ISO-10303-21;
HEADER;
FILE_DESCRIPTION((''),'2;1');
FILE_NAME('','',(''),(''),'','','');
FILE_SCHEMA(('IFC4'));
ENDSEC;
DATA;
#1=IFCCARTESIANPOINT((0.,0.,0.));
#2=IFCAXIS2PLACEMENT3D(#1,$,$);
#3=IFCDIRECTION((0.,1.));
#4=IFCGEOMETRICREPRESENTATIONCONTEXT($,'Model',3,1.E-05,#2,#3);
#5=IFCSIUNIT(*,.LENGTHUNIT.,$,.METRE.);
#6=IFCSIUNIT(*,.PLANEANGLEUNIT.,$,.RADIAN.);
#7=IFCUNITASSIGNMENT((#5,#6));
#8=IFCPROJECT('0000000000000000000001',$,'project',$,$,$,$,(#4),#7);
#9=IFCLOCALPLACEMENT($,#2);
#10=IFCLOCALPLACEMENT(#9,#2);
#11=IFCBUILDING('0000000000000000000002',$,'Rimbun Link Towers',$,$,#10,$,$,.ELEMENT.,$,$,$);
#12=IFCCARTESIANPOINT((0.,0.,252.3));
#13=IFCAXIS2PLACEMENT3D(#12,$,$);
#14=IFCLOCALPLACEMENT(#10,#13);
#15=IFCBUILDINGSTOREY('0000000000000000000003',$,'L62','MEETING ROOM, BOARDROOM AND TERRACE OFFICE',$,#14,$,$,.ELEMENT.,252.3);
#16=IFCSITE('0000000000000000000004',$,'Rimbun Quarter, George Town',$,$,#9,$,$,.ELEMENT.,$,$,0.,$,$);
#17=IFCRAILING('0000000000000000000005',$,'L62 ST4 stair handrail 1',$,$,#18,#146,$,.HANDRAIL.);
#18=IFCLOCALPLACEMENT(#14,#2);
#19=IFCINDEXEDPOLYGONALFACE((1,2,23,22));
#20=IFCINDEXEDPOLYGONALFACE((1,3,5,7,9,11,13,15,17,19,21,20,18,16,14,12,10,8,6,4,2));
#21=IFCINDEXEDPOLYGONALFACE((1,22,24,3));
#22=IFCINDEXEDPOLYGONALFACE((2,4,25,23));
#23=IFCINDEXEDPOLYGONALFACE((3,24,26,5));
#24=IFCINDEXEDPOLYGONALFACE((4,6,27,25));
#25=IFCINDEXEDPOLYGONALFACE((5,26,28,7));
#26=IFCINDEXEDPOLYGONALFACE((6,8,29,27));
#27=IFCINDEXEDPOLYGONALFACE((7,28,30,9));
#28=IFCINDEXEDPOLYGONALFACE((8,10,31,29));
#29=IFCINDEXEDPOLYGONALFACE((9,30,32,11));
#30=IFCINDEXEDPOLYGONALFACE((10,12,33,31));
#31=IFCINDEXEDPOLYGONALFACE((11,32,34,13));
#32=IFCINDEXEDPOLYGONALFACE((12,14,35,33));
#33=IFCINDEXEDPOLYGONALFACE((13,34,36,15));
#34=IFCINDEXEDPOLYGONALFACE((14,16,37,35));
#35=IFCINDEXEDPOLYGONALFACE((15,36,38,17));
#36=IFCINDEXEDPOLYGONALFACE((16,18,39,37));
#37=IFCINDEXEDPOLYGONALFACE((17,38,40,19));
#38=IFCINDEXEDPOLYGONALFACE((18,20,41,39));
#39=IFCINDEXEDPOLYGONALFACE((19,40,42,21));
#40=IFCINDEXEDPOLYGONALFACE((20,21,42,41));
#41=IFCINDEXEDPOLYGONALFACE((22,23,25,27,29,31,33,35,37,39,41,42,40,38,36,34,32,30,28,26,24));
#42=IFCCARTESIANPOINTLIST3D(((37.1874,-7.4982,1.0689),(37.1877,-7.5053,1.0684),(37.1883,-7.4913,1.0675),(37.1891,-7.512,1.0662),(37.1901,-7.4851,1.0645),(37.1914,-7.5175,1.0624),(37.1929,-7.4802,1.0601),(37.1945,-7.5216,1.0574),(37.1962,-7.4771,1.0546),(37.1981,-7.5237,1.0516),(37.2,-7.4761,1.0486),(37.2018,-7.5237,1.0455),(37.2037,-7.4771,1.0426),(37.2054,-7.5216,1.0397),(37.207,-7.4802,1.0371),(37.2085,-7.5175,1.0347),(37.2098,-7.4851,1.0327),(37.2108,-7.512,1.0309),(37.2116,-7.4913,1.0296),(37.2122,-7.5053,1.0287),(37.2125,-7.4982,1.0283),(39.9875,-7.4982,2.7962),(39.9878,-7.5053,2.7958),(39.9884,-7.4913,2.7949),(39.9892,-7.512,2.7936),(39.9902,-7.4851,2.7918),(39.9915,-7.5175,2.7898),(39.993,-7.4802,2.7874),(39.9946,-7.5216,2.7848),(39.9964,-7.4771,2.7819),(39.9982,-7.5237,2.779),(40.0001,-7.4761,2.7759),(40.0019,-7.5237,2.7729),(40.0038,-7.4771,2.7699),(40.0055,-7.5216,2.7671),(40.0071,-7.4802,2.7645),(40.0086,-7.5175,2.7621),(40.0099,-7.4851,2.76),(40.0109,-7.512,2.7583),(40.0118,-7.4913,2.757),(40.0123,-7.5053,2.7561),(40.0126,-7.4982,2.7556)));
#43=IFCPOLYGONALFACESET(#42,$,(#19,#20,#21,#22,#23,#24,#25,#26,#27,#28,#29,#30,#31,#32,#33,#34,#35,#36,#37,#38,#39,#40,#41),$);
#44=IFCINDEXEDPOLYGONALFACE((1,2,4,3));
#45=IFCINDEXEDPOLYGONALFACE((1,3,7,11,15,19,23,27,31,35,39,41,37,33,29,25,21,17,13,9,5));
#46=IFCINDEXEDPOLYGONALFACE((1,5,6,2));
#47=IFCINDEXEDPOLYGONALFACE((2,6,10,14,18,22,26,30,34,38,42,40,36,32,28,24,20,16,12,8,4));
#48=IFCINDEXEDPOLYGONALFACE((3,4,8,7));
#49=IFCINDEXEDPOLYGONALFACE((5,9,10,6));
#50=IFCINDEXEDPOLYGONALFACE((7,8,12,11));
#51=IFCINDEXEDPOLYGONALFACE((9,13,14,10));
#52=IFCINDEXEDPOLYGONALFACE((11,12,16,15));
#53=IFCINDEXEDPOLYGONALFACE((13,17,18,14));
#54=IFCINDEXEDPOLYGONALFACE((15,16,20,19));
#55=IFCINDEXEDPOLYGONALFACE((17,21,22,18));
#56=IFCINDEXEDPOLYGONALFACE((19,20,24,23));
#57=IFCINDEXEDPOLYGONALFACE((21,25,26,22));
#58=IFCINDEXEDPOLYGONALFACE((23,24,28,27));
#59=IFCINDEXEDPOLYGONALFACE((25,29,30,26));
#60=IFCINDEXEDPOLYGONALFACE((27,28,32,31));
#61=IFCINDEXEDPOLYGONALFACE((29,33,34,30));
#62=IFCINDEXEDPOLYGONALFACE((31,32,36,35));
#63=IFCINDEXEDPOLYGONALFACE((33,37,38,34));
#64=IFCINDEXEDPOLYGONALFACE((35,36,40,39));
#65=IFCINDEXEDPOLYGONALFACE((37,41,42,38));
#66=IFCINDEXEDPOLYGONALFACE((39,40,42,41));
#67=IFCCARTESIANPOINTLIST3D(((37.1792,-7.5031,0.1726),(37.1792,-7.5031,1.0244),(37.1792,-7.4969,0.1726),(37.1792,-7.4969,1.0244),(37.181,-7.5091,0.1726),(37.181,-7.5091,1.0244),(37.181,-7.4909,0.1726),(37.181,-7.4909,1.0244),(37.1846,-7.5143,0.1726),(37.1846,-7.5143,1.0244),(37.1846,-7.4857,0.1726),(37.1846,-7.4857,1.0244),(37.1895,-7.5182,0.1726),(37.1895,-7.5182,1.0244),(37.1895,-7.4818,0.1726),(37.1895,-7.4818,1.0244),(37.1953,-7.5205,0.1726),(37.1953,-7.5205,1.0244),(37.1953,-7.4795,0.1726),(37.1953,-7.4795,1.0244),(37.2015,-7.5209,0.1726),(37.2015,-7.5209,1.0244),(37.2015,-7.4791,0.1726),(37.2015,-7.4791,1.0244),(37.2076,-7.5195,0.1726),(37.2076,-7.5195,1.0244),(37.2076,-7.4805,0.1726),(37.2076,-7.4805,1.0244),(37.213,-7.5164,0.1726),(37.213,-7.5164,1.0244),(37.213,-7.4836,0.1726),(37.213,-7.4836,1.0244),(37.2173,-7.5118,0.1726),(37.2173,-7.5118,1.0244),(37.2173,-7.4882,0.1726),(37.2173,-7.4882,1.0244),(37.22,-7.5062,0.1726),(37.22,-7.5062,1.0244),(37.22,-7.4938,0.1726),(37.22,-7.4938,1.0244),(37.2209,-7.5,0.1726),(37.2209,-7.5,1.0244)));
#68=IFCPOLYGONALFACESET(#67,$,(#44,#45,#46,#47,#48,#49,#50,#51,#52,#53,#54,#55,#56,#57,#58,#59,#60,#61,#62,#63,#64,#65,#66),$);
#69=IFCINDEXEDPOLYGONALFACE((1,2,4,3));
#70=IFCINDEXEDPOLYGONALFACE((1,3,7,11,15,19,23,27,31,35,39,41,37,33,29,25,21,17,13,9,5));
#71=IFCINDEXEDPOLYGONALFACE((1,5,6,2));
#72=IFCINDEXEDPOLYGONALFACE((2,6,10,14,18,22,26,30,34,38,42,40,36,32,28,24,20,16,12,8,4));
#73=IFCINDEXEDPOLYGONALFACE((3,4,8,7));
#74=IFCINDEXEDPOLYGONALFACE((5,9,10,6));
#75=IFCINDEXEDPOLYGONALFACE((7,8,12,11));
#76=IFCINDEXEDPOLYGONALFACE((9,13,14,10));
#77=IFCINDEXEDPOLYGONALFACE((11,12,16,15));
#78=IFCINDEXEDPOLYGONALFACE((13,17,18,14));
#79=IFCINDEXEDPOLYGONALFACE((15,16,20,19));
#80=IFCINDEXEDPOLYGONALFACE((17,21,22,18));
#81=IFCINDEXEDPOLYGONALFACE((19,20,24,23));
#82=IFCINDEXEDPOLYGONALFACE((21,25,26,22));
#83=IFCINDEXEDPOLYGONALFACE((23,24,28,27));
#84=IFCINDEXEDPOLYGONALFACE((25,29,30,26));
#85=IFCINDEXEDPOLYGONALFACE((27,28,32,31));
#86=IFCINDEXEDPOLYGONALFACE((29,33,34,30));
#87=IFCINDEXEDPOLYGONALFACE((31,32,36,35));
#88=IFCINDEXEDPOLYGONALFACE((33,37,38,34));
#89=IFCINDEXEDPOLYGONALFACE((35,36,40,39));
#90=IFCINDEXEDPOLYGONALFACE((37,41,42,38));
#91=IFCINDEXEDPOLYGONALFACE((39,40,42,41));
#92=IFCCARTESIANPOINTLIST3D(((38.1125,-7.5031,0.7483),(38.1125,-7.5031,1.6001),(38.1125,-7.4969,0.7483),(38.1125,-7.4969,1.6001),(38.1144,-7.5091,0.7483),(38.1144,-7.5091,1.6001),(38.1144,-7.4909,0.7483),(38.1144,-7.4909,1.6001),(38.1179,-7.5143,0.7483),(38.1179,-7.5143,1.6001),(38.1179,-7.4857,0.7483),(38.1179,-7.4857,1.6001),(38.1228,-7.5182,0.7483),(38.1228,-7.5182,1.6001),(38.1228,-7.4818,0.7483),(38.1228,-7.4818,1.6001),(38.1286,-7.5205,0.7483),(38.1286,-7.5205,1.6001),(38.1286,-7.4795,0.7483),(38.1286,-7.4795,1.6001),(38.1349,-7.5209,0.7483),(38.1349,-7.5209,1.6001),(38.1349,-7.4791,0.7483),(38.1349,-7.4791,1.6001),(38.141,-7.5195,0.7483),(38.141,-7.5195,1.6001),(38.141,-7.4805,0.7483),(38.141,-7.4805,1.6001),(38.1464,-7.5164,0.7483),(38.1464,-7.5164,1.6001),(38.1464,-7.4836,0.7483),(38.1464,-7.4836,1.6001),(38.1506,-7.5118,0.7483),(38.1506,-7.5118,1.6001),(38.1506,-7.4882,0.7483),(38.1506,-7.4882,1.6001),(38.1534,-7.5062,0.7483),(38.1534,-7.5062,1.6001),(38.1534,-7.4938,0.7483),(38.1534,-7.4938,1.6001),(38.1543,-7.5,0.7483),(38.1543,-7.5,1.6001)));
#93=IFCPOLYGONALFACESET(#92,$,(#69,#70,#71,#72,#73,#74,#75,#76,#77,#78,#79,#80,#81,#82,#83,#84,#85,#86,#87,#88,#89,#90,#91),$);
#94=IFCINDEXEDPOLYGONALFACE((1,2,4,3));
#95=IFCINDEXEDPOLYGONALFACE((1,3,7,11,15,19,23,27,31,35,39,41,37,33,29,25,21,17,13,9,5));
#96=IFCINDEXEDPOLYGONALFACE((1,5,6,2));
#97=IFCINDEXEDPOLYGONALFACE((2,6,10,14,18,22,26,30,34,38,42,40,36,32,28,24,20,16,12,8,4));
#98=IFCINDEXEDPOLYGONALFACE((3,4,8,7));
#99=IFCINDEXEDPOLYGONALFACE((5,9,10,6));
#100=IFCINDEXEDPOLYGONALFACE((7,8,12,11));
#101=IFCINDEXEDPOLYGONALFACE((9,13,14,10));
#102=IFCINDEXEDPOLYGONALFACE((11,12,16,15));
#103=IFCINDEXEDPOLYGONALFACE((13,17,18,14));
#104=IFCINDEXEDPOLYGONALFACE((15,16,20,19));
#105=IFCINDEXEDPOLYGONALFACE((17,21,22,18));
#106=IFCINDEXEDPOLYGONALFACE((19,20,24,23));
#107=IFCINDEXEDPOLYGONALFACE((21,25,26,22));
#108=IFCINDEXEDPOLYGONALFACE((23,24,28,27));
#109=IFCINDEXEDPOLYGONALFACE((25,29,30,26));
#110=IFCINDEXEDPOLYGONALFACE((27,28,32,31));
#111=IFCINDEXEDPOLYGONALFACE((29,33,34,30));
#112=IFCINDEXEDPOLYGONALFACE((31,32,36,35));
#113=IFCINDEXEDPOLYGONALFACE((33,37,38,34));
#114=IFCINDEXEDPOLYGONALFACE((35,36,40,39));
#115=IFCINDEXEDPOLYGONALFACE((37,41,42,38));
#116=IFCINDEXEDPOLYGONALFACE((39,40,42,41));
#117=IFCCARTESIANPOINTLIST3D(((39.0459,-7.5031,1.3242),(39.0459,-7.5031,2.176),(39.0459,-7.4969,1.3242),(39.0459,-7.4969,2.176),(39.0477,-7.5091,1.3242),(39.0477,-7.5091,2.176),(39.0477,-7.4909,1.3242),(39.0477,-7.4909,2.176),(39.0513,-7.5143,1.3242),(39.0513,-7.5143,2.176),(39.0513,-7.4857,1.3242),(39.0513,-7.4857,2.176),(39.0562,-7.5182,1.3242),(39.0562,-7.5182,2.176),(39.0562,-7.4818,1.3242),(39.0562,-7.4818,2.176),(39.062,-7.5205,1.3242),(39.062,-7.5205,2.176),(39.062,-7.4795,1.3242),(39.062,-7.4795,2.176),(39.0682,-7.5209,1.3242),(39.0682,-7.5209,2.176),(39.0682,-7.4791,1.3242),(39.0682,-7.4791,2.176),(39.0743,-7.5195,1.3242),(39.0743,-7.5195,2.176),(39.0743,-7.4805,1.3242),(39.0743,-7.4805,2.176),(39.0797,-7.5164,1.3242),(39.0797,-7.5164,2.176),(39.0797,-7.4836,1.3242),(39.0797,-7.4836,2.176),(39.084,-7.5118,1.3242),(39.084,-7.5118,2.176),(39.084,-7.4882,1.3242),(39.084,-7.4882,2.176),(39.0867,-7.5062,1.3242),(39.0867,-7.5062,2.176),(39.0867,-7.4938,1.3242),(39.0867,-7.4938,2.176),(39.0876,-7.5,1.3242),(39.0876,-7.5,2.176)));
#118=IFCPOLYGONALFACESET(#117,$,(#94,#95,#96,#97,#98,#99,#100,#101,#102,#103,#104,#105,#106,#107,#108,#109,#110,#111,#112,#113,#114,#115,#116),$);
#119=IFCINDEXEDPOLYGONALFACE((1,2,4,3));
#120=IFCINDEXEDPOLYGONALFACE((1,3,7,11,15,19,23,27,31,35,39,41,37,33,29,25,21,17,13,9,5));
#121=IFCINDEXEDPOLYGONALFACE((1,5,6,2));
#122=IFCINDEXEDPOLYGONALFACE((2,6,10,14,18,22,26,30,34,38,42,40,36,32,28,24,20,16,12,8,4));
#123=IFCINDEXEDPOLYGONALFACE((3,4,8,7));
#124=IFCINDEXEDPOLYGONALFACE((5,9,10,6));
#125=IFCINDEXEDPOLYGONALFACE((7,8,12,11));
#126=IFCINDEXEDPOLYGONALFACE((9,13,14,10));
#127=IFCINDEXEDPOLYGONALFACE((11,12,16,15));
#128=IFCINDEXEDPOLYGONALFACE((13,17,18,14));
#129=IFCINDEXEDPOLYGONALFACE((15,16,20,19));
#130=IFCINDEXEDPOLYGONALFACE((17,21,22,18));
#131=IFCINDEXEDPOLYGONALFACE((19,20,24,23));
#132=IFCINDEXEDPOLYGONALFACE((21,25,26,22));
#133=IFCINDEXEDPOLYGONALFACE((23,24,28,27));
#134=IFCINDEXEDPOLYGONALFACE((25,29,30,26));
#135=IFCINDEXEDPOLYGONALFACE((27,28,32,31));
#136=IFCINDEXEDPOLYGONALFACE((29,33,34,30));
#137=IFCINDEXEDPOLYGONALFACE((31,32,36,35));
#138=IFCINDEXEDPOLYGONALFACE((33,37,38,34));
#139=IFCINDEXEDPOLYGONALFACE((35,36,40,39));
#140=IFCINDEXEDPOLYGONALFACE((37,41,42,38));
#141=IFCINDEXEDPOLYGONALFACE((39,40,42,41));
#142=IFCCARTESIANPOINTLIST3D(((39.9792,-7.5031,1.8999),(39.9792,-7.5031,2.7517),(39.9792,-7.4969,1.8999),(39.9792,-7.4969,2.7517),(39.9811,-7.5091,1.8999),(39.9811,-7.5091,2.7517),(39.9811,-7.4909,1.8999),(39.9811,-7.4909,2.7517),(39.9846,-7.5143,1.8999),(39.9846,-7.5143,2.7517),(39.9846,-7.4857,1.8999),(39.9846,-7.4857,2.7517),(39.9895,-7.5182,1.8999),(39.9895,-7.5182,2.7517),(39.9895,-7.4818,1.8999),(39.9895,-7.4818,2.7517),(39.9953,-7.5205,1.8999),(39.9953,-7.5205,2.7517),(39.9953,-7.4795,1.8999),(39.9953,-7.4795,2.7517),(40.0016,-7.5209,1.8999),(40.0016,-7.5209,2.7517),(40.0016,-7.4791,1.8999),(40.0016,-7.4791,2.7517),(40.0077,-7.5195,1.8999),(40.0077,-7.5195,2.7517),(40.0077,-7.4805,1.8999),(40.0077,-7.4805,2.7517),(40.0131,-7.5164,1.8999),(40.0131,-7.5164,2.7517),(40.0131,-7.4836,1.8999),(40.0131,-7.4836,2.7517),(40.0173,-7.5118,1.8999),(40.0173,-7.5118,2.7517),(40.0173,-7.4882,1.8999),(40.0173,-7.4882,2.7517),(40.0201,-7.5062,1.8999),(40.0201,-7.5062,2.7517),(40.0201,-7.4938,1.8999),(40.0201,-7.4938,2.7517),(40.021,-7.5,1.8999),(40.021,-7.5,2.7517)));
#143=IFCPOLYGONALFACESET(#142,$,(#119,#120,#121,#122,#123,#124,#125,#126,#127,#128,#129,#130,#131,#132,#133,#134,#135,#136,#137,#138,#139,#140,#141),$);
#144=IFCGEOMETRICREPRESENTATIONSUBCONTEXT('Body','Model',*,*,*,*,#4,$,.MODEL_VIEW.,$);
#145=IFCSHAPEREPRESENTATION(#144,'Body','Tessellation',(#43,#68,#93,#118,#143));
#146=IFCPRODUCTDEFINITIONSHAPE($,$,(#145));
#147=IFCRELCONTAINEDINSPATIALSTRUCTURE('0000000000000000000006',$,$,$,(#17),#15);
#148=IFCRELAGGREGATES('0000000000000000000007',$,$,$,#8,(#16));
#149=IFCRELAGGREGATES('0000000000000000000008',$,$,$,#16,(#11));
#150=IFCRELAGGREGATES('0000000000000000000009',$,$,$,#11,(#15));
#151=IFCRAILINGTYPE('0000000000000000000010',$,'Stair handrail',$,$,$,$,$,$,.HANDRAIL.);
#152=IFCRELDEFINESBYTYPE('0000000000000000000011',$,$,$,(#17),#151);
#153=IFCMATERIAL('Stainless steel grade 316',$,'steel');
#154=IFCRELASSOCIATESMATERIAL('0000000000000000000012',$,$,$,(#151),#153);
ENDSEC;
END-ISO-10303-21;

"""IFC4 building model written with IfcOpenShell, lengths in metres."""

from ifc_helpers import new_model, si_unit, direction, frame, origin, origin_2d, place, context, subcontext, project, spatial, circle, extrude, material, type_object, element, save


model = new_model("IFC4")

# Units and contexts
model_context = context("Model", 3, precision=1e-05, world=origin(), true_north=direction((0.0, 1.0)))
body_context = subcontext(model_context, "Body", "Model", "MODEL_VIEW")
ifc_project = project(units=[si_unit("LENGTHUNIT", "METRE"), si_unit("PLANEANGLEUNIT", "RADIAN")], contexts=[model_context])

# Site, building, storey
site_placement = place(None, origin())
site = spatial("IfcSite", under=ifc_project, at=site_placement, Name="Rimbun Quarter, George Town", CompositionType="ELEMENT", RefElevation=0.0)
building_placement = place(site_placement, origin())
building = spatial("IfcBuilding", under=site, at=building_placement, Name="Rimbun Link Towers", CompositionType="ELEMENT")
storey_placement = place(building_placement, frame((0.0, 0.0, 252.3)))
storey = spatial("IfcBuildingStorey", under=building, at=storey_placement, Name="L62", Description="MEETING ROOM, BOARDROOM AND TERRACE OFFICE", CompositionType="ELEMENT", Elevation=252.3)

# Railing
ifc_material_1 = material(Name="Stainless steel grade 316", Category="steel")
railing_type_1 = type_object("IfcRailingType", Name="Stair handrail", PredefinedType="HANDRAIL", material=ifc_material_1)
railing_1_placement = place(storey_placement, frame((37.2, -7.5, 0.1726)))
element("IfcRailing", 1, at=railing_1_placement, inside=storey, type_object=railing_type_1, Name="L62 ST4 stair handrail 1", PredefinedType="HANDRAIL", context=body_context, shape_type="SweptSolid", body=[
    extrude(circle(Radius=0.0239, at=origin_2d()), frame((0.0, 0.0, 0.876), z_axis=(0.85109, 0.0, 0.52502), x_axis=(0.0, 1.0, 0.0)), (0.0, 0.0, 1.0), 3.29),
    extrude(circle(Radius=0.021, at=origin_2d()), origin(), (0.0, 0.0, 1.0), 0.8518),
    extrude(circle(Radius=0.021, at=origin_2d()), frame((0.9333, 0.0, 0.5757)), (0.0, 0.0, 1.0), 0.8518),
    extrude(circle(Radius=0.021, at=origin_2d()), frame((1.8667, 0.0, 1.1516)), (0.0, 0.0, 1.0), 0.8518),
    extrude(circle(Radius=0.021, at=origin_2d()), frame((2.8, 0.0, 1.7273)), (0.0, 0.0, 1.0), 0.8518),
])

save(model, "model.ifc")
